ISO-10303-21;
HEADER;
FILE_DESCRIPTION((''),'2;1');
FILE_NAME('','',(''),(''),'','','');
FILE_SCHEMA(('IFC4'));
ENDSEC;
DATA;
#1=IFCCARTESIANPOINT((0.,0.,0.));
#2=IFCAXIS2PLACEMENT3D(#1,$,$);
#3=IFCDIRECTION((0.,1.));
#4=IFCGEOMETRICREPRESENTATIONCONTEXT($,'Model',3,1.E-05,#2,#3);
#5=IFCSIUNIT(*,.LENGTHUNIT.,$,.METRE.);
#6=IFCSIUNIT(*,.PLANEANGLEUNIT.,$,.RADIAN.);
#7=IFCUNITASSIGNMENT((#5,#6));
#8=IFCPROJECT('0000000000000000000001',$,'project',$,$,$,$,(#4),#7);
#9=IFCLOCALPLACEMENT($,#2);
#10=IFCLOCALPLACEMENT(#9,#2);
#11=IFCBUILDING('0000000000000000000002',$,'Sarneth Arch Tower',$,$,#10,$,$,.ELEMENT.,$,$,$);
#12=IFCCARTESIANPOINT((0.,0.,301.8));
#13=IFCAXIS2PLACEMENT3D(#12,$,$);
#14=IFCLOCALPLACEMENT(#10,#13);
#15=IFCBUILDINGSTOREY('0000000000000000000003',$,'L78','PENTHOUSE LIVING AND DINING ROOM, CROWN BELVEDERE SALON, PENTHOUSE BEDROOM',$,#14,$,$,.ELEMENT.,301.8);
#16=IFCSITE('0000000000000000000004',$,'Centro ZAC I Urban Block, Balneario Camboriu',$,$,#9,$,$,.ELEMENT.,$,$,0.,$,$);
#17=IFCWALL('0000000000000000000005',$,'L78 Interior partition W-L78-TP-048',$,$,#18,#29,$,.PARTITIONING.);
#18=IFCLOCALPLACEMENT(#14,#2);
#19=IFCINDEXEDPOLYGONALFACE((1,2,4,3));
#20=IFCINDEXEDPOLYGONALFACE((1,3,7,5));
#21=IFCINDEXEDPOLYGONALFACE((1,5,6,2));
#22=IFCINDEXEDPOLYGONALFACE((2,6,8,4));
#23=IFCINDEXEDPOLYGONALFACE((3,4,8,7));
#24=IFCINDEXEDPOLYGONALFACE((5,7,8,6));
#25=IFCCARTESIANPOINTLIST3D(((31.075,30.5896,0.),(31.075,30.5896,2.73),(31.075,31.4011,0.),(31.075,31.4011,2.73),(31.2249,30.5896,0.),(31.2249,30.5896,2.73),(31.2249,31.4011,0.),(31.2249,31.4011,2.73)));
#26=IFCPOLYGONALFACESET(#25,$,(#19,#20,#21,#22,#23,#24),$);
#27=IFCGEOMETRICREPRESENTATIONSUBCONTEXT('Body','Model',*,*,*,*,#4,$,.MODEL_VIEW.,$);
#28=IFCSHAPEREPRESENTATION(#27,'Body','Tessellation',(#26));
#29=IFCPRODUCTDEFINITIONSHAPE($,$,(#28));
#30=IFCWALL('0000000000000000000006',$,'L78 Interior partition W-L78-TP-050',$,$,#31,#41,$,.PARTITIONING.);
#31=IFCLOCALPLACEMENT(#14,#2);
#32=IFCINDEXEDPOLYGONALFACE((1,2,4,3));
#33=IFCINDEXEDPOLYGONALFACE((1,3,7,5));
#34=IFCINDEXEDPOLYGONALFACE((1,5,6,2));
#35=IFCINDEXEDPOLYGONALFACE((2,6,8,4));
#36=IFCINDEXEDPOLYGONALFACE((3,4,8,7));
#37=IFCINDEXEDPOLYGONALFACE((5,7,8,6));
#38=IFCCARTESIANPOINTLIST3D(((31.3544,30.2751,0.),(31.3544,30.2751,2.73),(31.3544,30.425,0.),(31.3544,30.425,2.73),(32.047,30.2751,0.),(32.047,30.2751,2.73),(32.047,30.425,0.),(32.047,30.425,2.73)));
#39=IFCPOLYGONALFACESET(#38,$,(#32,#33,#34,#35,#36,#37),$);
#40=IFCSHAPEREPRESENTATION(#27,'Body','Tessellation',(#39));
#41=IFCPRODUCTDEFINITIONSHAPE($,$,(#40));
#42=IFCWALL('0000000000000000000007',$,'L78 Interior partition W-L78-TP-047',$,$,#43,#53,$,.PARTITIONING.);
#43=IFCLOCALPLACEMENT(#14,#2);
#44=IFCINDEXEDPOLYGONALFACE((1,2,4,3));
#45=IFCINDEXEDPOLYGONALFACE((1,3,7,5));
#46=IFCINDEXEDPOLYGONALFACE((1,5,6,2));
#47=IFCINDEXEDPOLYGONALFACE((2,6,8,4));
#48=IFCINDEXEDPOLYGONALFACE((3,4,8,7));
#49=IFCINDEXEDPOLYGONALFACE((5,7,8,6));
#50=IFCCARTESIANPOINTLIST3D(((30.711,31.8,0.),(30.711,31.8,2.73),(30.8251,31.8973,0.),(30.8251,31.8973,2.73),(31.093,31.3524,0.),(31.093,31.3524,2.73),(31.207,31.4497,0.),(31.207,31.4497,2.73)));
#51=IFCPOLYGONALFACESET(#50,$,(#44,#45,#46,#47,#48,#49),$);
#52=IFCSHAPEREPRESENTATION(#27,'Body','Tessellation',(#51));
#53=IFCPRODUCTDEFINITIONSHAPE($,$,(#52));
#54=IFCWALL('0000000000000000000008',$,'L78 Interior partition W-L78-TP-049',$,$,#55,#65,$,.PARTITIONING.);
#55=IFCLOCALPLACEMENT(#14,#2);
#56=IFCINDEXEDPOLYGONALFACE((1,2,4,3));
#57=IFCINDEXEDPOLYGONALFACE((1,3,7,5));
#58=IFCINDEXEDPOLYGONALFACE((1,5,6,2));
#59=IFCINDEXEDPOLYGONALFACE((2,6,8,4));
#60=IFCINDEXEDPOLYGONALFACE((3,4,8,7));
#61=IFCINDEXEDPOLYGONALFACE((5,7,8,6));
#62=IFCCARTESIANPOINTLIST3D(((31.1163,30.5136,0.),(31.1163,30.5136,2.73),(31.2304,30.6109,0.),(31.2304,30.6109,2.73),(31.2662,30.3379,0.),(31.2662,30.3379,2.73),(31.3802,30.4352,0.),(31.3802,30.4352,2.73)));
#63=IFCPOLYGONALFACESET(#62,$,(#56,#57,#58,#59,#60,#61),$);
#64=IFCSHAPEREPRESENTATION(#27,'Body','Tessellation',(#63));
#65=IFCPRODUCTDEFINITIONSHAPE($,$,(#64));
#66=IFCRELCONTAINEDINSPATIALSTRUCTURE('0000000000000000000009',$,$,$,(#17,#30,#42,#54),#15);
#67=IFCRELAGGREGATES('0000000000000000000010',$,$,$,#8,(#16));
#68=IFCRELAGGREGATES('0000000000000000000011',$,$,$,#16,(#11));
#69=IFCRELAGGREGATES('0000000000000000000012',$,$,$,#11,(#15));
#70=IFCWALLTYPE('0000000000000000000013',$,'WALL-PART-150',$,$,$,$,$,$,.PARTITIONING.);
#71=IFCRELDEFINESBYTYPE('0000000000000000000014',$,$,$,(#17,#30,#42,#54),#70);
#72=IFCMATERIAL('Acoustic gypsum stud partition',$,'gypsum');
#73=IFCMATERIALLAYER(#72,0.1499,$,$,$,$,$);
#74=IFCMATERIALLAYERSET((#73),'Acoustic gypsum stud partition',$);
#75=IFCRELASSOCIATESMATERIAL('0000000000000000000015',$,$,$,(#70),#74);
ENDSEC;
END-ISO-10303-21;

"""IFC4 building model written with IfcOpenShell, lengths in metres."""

from ifc_helpers import new_model, si_unit, direction, frame, frame_2d, origin, place, context, subcontext, project, spatial, rectangle, extrude, material, layer, layer_set, type_object, element, save


model = new_model("IFC4")

# Units and contexts
model_context = context("Model", 3, precision=1e-05, world=origin(), true_north=direction((0.0, 1.0)))
body_context = subcontext(model_context, "Body", "Model", "MODEL_VIEW")
ifc_project = project(units=[si_unit("LENGTHUNIT", "METRE"), si_unit("PLANEANGLEUNIT", "RADIAN")], contexts=[model_context])

# Site, building, storey
site_placement = place(None, origin())
site = spatial("IfcSite", under=ifc_project, at=site_placement, Name="Centro ZAC I Urban Block, Balneario Camboriu", CompositionType="ELEMENT", RefElevation=0.0)
building_placement = place(site_placement, origin())
building = spatial("IfcBuilding", under=site, at=building_placement, Name="Sarneth Arch Tower", CompositionType="ELEMENT")
storey_placement = place(building_placement, frame((0.0, 0.0, 301.8)))
storey = spatial("IfcBuildingStorey", under=building, at=storey_placement, Name="L78", Description="PENTHOUSE LIVING AND DINING ROOM, CROWN BELVEDERE SALON, PENTHOUSE BEDROOM", CompositionType="ELEMENT", Elevation=301.8)

# Shared definitions
ifc_material_1 = material(Name="Acoustic gypsum stud partition", Category="gypsum")
ifc_layer_1 = layer(ifc_material_1, 0.1499)
ifc_layer_set_1 = layer_set([ifc_layer_1], Name="Acoustic gypsum stud partition")
wall_type_1 = type_object("IfcWallType", Name="WALL-PART-150", PredefinedType="PARTITIONING", material=ifc_layer_set_1)

# Walls
wall_1_placement = place(storey_placement, frame((31.1499, 31.4011, 0.0), z_axis=(0.0, 0.0, 1.0), x_axis=(0.0, -1.0, 0.0)))
element("IfcWall", 1, at=wall_1_placement, inside=storey, type_object=wall_type_1, Name="L78 Interior partition W-L78-TP-048", PredefinedType="PARTITIONING", context=body_context, shape_type="SweptSolid", body=[
    extrude(rectangle(XDim=0.8115, YDim=0.1499, at=frame_2d((0.4058, 0.0))), origin(), (0.0, 0.0, 1.0), 2.73),
])
wall_2_placement = place(storey_placement, frame((31.3545, 30.3501, 0.0), z_axis=(0.0, 0.0, 1.0), x_axis=(1.0, 0.0, 0.0)))
element("IfcWall", 2, at=wall_2_placement, inside=storey, type_object=wall_type_1, Name="L78 Interior partition W-L78-TP-050", PredefinedType="PARTITIONING", context=body_context, shape_type="SweptSolid", body=[
    extrude(rectangle(XDim=0.6926, YDim=0.1499, at=frame_2d((0.3462, 0.0))), origin(), (0.0, 0.0, 1.0), 2.73),
])
wall_3_placement = place(storey_placement, frame((30.7681, 31.8486, 0.0), z_axis=(0.0, 0.0, 1.0), x_axis=(0.649081, -0.760719, 0.0)))
element("IfcWall", 3, at=wall_3_placement, inside=storey, type_object=wall_type_1, Name="L78 Interior partition W-L78-TP-047", PredefinedType="PARTITIONING", context=body_context, shape_type="SweptSolid", body=[
    extrude(rectangle(XDim=0.5884, YDim=0.1499, at=frame_2d((0.2942, 0.0))), origin(), (0.0, 0.0, 1.0), 2.73),
])
wall_4_placement = place(storey_placement, frame((31.1733, 30.5623, 0.0), z_axis=(0.0, 0.0, 1.0), x_axis=(0.648875, -0.760895, 0.0)))
element("IfcWall", 4, at=wall_4_placement, inside=storey, type_object=wall_type_1, Name="L78 Interior partition W-L78-TP-049", PredefinedType="PARTITIONING", context=body_context, shape_type="SweptSolid", body=[
    extrude(rectangle(XDim=0.231, YDim=0.1499, at=frame_2d((0.1155, 0.0))), origin(), (0.0, 0.0, 1.0), 2.73),
])

save(model, "model.ifc")
